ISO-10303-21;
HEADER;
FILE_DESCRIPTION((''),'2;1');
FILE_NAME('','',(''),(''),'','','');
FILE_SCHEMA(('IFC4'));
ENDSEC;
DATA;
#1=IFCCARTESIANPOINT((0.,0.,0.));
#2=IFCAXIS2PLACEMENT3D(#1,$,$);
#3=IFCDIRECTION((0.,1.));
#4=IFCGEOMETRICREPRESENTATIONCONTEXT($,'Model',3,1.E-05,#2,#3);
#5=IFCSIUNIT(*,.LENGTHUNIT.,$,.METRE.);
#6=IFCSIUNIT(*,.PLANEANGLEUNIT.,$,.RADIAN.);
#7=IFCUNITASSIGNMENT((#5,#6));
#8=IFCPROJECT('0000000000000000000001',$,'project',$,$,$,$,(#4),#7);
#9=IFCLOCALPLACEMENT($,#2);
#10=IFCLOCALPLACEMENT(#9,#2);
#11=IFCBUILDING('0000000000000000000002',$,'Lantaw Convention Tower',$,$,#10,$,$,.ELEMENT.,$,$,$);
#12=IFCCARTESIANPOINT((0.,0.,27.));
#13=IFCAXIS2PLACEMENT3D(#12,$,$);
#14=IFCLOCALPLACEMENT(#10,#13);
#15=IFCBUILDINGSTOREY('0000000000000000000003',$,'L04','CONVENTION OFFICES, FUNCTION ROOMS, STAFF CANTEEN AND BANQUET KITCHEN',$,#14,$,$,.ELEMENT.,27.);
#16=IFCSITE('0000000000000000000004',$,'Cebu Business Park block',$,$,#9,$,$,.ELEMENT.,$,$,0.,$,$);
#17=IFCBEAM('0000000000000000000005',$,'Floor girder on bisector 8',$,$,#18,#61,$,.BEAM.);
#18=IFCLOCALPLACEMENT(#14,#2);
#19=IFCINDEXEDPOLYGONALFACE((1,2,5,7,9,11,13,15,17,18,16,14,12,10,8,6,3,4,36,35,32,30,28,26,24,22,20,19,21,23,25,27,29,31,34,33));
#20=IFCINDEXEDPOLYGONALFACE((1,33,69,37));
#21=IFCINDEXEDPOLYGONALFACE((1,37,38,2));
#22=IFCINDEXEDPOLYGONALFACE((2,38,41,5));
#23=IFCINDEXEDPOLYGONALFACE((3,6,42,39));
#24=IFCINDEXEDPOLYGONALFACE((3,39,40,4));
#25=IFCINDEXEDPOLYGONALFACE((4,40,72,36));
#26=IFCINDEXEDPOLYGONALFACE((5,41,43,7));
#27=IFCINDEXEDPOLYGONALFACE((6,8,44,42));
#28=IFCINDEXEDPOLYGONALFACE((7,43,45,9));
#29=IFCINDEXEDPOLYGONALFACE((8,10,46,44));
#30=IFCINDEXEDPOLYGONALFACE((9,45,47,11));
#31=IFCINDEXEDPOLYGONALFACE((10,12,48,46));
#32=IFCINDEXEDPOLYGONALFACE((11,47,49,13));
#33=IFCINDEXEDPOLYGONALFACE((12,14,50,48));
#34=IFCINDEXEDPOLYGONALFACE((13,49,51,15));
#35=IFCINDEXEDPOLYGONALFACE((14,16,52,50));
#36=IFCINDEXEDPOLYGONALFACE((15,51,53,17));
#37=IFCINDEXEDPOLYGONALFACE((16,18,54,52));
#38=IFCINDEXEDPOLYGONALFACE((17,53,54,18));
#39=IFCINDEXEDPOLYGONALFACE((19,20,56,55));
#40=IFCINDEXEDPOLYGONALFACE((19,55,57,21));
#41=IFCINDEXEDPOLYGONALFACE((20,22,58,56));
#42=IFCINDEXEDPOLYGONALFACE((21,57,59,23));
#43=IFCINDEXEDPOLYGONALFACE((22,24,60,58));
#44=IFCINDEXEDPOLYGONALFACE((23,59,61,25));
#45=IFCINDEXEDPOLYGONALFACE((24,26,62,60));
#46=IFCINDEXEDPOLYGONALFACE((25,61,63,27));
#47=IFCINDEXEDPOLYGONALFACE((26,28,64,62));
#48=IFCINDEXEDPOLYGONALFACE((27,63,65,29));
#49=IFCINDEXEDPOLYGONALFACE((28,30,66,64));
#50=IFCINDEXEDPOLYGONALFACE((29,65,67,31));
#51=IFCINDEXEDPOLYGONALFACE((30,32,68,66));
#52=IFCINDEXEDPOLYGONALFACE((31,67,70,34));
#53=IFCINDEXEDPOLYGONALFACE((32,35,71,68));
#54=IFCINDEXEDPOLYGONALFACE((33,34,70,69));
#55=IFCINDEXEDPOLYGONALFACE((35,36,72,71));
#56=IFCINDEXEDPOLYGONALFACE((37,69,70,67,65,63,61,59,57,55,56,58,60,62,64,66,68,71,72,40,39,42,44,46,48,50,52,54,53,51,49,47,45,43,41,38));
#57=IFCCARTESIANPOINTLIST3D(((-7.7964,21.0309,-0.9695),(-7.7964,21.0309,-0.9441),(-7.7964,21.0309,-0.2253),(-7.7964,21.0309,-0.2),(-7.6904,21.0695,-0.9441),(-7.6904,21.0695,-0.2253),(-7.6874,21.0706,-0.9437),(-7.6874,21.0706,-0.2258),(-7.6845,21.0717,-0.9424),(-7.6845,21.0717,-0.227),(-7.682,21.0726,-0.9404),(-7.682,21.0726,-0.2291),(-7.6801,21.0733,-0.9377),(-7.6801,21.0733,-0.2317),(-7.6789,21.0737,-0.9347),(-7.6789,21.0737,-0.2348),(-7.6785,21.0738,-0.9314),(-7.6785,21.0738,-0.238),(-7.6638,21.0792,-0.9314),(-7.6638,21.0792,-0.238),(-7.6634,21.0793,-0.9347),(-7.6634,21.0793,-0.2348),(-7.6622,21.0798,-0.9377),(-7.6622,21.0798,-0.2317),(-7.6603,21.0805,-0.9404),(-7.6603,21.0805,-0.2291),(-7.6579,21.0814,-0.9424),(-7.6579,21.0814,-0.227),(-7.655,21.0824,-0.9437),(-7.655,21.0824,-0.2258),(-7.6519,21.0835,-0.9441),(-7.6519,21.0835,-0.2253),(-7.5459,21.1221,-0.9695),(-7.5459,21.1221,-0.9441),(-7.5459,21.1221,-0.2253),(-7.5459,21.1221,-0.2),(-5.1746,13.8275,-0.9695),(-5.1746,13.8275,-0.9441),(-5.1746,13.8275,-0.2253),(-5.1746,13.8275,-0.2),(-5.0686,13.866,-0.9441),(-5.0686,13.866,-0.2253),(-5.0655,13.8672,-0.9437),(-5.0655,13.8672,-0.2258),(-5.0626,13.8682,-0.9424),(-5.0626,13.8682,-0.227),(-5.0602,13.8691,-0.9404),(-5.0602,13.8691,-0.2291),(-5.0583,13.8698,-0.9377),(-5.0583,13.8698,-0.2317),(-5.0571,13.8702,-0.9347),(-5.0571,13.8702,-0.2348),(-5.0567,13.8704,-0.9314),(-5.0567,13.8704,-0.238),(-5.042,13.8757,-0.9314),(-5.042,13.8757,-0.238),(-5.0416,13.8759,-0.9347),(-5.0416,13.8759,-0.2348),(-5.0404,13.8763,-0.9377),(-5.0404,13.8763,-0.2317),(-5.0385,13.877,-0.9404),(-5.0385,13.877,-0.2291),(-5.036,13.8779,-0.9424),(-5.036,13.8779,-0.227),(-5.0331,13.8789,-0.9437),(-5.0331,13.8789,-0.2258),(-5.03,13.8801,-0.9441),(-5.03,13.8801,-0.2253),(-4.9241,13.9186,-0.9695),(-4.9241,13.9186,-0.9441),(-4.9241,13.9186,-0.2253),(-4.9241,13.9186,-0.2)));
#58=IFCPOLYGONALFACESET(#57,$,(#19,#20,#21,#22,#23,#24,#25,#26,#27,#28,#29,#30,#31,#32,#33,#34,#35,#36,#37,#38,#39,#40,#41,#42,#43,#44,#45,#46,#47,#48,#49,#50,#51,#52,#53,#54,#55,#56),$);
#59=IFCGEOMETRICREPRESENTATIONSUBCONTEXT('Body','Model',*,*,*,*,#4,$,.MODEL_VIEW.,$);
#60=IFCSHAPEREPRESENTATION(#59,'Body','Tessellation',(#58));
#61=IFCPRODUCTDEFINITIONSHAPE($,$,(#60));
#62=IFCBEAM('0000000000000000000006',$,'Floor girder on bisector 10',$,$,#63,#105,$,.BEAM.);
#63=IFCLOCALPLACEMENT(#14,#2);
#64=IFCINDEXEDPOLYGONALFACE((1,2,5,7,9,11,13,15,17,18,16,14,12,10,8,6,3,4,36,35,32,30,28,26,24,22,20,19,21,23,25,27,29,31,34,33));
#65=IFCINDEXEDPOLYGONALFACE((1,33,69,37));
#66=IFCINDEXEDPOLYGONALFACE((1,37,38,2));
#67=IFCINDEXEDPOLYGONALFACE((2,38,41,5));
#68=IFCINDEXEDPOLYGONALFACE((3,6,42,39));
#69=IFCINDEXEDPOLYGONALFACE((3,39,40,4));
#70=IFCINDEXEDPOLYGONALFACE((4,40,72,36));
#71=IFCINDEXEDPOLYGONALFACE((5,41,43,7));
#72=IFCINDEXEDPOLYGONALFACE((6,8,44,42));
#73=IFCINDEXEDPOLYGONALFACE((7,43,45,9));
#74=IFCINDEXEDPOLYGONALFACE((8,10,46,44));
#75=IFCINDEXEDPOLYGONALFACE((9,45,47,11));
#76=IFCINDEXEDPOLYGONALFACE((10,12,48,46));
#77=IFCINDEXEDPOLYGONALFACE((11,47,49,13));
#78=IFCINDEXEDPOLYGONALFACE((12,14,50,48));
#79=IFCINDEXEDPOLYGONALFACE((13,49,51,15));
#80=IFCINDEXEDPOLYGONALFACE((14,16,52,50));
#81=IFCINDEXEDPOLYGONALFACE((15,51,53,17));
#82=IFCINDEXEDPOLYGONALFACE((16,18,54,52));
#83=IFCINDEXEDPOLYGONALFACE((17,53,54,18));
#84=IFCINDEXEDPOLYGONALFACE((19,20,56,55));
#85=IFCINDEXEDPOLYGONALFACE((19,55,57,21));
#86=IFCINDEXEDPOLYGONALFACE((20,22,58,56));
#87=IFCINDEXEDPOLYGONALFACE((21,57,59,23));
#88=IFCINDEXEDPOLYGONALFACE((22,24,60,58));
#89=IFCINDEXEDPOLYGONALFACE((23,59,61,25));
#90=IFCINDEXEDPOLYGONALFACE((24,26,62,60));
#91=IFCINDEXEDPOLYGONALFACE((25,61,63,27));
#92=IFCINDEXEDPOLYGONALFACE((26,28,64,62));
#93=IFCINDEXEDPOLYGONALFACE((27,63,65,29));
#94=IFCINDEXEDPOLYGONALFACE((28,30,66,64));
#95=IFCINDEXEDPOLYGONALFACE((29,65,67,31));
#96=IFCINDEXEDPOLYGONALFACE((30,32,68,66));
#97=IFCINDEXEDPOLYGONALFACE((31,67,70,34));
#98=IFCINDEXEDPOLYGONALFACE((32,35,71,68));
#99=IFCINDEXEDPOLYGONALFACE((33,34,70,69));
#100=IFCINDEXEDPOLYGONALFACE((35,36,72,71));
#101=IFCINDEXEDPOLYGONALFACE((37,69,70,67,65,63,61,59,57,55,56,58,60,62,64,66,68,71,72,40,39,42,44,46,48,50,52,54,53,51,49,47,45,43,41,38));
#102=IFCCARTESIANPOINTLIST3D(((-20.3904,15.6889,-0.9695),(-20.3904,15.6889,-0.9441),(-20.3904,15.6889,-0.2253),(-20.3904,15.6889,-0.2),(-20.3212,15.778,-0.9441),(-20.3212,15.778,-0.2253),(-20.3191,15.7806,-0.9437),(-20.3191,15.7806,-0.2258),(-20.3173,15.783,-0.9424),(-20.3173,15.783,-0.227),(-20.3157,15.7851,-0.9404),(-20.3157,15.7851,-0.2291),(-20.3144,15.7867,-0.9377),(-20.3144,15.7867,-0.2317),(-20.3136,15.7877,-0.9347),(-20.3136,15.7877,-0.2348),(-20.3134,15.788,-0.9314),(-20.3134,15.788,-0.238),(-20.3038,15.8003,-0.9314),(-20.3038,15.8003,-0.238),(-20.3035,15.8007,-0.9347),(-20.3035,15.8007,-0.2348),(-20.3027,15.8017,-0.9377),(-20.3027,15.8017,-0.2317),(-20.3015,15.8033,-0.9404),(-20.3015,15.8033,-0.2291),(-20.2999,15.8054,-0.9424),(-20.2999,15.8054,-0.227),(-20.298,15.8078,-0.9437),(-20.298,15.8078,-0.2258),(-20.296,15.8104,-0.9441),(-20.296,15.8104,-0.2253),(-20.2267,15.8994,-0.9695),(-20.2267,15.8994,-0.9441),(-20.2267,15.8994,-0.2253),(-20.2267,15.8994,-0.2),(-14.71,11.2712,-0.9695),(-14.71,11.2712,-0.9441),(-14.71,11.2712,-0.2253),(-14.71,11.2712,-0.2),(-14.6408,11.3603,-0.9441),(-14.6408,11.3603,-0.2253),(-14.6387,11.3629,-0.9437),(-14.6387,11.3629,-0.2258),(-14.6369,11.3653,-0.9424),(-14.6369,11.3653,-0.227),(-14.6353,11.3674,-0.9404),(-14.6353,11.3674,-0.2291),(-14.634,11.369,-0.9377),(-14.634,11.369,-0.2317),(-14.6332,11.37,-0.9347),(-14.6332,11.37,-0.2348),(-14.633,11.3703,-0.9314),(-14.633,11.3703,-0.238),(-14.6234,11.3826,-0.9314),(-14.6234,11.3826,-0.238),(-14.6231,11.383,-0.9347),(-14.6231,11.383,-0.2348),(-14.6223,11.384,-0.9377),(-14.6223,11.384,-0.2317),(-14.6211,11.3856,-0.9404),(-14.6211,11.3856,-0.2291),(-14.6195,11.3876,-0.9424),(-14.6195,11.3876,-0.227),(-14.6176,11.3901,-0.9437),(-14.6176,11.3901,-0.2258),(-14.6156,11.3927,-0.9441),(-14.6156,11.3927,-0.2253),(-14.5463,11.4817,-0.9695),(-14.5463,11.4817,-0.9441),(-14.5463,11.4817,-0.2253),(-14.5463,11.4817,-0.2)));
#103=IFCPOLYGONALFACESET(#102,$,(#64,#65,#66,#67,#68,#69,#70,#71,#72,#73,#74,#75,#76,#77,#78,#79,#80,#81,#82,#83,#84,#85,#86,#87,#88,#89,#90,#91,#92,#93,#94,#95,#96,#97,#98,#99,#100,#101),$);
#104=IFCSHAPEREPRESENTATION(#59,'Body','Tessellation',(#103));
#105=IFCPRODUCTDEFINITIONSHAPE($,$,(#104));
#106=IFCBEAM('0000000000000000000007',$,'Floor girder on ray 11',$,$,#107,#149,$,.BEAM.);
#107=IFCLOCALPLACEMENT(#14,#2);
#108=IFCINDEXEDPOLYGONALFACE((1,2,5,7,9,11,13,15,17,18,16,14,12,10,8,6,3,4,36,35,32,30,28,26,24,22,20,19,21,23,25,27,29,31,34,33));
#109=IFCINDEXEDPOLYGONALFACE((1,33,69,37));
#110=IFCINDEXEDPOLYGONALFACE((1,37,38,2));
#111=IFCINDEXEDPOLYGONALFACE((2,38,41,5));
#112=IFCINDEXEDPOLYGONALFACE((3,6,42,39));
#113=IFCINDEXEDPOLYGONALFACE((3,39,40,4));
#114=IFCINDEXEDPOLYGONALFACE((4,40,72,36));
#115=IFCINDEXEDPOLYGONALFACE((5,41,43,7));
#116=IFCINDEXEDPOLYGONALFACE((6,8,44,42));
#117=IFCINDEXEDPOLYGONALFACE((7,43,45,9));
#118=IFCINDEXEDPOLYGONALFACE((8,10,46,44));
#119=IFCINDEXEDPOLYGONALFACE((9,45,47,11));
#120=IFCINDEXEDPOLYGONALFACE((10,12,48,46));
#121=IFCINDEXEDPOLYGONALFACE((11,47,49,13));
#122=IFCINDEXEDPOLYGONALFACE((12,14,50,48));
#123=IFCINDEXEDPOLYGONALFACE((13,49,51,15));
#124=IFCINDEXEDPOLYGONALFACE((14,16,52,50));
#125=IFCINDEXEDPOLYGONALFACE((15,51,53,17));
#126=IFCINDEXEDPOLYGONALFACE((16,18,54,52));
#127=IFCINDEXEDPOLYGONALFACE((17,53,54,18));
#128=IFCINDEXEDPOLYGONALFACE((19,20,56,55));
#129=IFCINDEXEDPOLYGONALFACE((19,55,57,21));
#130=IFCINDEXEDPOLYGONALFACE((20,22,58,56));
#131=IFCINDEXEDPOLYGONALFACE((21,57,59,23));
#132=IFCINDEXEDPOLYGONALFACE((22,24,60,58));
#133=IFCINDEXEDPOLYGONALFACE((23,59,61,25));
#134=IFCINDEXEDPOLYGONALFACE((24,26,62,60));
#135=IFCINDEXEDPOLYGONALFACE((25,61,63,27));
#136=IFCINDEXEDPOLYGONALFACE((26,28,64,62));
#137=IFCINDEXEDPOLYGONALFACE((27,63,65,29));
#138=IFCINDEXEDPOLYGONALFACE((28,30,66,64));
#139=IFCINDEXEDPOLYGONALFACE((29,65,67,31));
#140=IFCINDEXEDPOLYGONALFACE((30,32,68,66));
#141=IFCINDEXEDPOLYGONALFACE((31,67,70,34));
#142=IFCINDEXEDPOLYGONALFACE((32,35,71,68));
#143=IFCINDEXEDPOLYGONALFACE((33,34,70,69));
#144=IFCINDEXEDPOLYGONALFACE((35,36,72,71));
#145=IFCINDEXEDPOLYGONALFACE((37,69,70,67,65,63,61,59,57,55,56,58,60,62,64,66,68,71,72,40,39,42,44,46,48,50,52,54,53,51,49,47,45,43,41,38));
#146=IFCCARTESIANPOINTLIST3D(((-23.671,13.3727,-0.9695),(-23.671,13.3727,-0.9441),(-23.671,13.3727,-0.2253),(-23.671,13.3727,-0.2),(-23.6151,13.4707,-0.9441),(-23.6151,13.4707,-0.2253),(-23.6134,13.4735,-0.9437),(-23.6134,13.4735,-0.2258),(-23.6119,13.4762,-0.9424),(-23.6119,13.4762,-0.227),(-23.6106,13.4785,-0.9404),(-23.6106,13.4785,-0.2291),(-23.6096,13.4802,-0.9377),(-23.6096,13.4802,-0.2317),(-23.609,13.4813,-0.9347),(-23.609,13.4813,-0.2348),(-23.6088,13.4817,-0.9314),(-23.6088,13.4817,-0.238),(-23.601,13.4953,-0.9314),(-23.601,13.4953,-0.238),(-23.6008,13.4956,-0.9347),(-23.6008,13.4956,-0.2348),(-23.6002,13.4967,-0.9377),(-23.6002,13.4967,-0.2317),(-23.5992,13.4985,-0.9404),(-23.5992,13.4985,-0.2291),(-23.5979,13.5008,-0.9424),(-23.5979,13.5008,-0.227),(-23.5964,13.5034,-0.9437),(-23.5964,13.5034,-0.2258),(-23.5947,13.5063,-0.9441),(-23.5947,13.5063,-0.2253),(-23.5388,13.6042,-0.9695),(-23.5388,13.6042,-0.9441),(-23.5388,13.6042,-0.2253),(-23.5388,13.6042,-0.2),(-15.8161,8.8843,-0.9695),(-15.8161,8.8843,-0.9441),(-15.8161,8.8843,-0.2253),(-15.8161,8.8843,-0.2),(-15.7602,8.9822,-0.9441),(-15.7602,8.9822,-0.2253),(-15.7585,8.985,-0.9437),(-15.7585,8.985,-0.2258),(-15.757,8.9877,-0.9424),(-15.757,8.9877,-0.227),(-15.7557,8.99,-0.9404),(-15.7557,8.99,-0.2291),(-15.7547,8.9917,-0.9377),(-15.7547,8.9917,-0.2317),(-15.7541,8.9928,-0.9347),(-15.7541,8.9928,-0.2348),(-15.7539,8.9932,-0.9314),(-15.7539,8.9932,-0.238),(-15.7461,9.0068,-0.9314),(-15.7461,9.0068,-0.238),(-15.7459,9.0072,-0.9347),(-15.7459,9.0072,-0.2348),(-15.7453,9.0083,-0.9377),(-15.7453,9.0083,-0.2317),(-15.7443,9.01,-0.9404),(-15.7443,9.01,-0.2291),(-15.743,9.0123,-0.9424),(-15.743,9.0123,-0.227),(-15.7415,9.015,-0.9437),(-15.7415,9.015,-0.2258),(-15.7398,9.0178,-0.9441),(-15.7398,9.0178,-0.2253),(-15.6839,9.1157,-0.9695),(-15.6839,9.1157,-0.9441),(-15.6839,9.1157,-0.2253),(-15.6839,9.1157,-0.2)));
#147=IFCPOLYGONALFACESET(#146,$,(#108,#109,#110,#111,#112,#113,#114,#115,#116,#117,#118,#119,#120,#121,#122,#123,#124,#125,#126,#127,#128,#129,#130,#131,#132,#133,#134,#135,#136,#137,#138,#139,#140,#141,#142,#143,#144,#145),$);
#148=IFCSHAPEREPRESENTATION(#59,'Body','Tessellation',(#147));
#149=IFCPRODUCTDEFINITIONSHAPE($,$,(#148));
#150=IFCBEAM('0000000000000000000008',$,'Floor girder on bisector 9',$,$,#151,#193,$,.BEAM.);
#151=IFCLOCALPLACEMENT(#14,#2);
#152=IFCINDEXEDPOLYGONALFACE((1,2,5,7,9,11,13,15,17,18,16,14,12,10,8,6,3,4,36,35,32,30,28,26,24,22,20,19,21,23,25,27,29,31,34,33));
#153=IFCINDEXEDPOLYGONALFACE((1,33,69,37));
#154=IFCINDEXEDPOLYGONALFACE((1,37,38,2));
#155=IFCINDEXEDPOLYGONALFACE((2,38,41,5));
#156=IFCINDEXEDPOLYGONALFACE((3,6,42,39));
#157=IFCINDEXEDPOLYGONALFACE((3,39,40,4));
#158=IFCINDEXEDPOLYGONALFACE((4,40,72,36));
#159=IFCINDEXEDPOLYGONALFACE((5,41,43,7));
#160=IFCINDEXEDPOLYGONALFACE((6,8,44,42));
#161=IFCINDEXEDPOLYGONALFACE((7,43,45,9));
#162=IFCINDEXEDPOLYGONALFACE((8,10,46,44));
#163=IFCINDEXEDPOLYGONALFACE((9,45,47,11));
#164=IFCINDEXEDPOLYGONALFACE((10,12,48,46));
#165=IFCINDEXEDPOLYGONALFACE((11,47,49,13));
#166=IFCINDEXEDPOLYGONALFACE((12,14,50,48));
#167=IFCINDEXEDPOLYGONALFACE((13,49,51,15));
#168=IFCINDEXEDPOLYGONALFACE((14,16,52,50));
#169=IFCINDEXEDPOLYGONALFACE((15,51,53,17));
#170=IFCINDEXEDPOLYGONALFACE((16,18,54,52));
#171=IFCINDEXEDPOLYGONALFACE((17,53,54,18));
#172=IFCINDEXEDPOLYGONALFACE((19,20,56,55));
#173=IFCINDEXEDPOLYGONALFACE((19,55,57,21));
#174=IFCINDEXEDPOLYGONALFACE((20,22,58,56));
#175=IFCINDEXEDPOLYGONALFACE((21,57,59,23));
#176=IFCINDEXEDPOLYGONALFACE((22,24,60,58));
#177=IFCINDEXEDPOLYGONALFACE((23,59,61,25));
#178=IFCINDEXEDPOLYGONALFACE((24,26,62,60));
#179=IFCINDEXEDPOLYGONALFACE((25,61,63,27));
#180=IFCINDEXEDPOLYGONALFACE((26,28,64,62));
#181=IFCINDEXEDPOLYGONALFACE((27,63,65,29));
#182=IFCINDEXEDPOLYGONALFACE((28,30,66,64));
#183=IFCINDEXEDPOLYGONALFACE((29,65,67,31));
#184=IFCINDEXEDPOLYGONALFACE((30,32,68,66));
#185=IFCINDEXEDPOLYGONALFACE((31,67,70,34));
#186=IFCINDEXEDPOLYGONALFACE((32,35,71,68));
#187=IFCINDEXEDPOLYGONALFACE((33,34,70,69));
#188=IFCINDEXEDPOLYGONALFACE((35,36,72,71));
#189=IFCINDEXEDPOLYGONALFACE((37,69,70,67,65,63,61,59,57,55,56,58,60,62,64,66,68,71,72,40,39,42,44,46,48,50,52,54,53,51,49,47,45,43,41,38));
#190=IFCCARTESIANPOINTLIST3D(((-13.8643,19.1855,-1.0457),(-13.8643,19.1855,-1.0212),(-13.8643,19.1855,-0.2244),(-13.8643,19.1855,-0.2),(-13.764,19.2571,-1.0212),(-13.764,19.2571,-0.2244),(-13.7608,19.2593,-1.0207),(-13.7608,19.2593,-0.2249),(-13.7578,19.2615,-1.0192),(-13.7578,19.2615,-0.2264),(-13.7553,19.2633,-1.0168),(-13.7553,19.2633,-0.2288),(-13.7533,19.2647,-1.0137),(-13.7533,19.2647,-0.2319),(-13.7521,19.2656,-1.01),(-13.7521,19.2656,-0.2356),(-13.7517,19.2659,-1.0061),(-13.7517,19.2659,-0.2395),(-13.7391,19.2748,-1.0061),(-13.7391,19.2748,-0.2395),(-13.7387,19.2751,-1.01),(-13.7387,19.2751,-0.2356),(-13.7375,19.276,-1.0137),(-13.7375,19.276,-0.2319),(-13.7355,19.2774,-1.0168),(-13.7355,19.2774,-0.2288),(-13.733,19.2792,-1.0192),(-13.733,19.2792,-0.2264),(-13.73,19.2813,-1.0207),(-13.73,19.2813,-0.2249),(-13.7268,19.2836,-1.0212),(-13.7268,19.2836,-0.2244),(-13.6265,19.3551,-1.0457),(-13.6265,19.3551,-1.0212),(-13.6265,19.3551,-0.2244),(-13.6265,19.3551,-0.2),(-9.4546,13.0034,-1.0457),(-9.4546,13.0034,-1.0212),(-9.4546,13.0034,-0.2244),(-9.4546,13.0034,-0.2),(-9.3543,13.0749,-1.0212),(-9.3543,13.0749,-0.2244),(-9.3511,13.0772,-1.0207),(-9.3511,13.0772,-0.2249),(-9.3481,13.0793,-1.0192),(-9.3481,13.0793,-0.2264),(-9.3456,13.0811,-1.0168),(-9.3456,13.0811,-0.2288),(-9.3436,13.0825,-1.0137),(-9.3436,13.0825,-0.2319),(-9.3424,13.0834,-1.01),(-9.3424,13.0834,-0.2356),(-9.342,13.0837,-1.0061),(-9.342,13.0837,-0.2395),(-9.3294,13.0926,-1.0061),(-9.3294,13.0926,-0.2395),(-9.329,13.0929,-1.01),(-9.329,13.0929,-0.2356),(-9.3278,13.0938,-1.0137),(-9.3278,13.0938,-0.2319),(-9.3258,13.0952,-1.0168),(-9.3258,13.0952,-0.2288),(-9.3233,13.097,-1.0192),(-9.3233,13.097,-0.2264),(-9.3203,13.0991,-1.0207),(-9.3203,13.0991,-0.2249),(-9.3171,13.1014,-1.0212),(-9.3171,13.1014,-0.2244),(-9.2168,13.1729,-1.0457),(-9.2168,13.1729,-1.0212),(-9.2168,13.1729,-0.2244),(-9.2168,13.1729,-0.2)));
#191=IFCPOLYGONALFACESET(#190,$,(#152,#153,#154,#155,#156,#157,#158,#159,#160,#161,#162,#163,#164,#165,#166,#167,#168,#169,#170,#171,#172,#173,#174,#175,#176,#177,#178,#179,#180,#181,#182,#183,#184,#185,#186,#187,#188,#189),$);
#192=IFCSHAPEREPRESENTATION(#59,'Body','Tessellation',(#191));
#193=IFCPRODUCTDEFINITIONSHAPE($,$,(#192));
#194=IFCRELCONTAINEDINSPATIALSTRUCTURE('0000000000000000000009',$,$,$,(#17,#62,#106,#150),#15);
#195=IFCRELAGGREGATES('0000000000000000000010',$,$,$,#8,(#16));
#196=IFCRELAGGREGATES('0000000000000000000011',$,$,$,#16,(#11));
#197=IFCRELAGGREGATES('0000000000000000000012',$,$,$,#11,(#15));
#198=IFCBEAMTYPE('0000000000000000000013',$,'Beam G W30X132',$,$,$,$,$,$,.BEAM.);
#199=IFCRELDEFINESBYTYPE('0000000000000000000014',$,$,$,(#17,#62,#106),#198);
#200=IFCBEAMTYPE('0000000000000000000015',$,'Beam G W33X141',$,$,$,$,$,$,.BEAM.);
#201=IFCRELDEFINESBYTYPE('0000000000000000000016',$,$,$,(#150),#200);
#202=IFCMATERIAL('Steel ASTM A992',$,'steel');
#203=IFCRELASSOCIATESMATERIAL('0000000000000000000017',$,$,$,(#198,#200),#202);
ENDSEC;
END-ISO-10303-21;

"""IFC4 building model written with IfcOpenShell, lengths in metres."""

from ifc_helpers import new_model, si_unit, direction, frame, origin, origin_2d, place, context, subcontext, project, spatial, i_section, extrude, material, material_profile, profile_set, type_object, element, save


model = new_model("IFC4")

# Units and contexts
model_context = context("Model", 3, precision=1e-05, world=origin(), true_north=direction((0.0, 1.0)))
body_context = subcontext(model_context, "Body", "Model", "MODEL_VIEW")
ifc_project = project(units=[si_unit("LENGTHUNIT", "METRE"), si_unit("PLANEANGLEUNIT", "RADIAN")], contexts=[model_context])

# Site, building, storey
site_placement = place(None, origin())
site = spatial("IfcSite", under=ifc_project, at=site_placement, Name="Cebu Business Park block", CompositionType="ELEMENT", RefElevation=0.0)
building_placement = place(site_placement, origin())
building = spatial("IfcBuilding", under=site, at=building_placement, Name="Lantaw Convention Tower", CompositionType="ELEMENT")
storey_placement = place(building_placement, frame((0.0, 0.0, 27.0)))
storey = spatial("IfcBuildingStorey", under=building, at=storey_placement, Name="L04", Description="CONVENTION OFFICES, FUNCTION ROOMS, STAFF CANTEEN AND BANQUET KITCHEN", CompositionType="ELEMENT", Elevation=27.0)

# Beams
ifc_material_1 = material(Name="Steel ASTM A992", Category="steel")
ifc_material_profile_1 = material_profile(ifc_material_1, i_section(OverallWidth=0.2666, OverallDepth=0.7695, WebThickness=0.0156, FlangeThickness=0.0254, FilletRadius=0.0127, at=origin_2d()), Name="W30X132")
ifc_profile_set_1 = profile_set([ifc_material_profile_1], Name="Steel ASTM A992")
beam_type_1 = type_object("IfcBeamType", Name="Beam G W30X132", PredefinedType="BEAM", material=ifc_profile_set_1)
beam_1_placement = place(storey_placement, frame((-5.0493, 13.873, -0.5847), z_axis=(-0.342022, 0.939692, 0.0), x_axis=(-0.939692, -0.342022, 0.0)))
element("IfcBeam", 1, at=beam_1_placement, inside=storey, type_object=beam_type_1, Name="Floor girder on bisector 8", PredefinedType="BEAM", context=body_context, shape_type="SweptSolid", body=[
    extrude(i_section(OverallWidth=0.2666, OverallDepth=0.7695, WebThickness=0.0156, FlangeThickness=0.0254, FilletRadius=0.0127, at=origin_2d()), origin(), (0.0, 0.0, 1.0), 7.6658),
])
beam_2_placement = place(storey_placement, frame((-14.6282, 11.3765, -0.5847), z_axis=(-0.789378, 0.613908, 0.0), x_axis=(-0.613908, -0.789378, 0.0)))
element("IfcBeam", 2, at=beam_2_placement, inside=storey, type_object=beam_type_1, Name="Floor girder on bisector 10", PredefinedType="BEAM", context=body_context, shape_type="SweptSolid", body=[
    extrude(i_section(OverallWidth=0.2666, OverallDepth=0.7695, WebThickness=0.0156, FlangeThickness=0.0254, FilletRadius=0.0127, at=origin_2d()), origin(), (0.0, 0.0, 1.0), 7.196),
])
beam_3_placement = place(storey_placement, frame((-15.75, 9.0, -0.5847), z_axis=(-0.868245, 0.496136, 0.0), x_axis=(-0.496136, -0.868245, 0.0)))
element("IfcBeam", 3, at=beam_3_placement, inside=storey, type_object=beam_type_1, Name="Floor girder on ray 11", PredefinedType="BEAM", context=body_context, shape_type="SweptSolid", body=[
    extrude(i_section(OverallWidth=0.2666, OverallDepth=0.7695, WebThickness=0.0156, FlangeThickness=0.0254, FilletRadius=0.0127, at=origin_2d()), origin(), (0.0, 0.0, 1.0), 9.0469),
])
ifc_material_profile_2 = material_profile(ifc_material_1, i_section(OverallWidth=0.292, OverallDepth=0.8457, WebThickness=0.0154, FlangeThickness=0.0244, FilletRadius=0.0151, at=origin_2d()), Name="W33X141")
ifc_profile_set_2 = profile_set([ifc_material_profile_2], Name="Steel ASTM A992")
beam_type_2 = type_object("IfcBeamType", Name="Beam G W33X141", PredefinedType="BEAM", material=ifc_profile_set_2)
beam_4_placement = place(storey_placement, frame((-9.3357, 13.0881, -0.6228), z_axis=(-0.580703, 0.814116, 0.0), x_axis=(-0.814116, -0.580703, 0.0)))
element("IfcBeam", 4, at=beam_4_placement, inside=storey, type_object=beam_type_2, Name="Floor girder on bisector 9", PredefinedType="BEAM", context=body_context, shape_type="SweptSolid", body=[
    extrude(i_section(OverallWidth=0.292, OverallDepth=0.8457, WebThickness=0.0154, FlangeThickness=0.0244, FilletRadius=0.0151, at=origin_2d()), origin(), (0.0, 0.0, 1.0), 7.5938),
])

save(model, "model.ifc")
